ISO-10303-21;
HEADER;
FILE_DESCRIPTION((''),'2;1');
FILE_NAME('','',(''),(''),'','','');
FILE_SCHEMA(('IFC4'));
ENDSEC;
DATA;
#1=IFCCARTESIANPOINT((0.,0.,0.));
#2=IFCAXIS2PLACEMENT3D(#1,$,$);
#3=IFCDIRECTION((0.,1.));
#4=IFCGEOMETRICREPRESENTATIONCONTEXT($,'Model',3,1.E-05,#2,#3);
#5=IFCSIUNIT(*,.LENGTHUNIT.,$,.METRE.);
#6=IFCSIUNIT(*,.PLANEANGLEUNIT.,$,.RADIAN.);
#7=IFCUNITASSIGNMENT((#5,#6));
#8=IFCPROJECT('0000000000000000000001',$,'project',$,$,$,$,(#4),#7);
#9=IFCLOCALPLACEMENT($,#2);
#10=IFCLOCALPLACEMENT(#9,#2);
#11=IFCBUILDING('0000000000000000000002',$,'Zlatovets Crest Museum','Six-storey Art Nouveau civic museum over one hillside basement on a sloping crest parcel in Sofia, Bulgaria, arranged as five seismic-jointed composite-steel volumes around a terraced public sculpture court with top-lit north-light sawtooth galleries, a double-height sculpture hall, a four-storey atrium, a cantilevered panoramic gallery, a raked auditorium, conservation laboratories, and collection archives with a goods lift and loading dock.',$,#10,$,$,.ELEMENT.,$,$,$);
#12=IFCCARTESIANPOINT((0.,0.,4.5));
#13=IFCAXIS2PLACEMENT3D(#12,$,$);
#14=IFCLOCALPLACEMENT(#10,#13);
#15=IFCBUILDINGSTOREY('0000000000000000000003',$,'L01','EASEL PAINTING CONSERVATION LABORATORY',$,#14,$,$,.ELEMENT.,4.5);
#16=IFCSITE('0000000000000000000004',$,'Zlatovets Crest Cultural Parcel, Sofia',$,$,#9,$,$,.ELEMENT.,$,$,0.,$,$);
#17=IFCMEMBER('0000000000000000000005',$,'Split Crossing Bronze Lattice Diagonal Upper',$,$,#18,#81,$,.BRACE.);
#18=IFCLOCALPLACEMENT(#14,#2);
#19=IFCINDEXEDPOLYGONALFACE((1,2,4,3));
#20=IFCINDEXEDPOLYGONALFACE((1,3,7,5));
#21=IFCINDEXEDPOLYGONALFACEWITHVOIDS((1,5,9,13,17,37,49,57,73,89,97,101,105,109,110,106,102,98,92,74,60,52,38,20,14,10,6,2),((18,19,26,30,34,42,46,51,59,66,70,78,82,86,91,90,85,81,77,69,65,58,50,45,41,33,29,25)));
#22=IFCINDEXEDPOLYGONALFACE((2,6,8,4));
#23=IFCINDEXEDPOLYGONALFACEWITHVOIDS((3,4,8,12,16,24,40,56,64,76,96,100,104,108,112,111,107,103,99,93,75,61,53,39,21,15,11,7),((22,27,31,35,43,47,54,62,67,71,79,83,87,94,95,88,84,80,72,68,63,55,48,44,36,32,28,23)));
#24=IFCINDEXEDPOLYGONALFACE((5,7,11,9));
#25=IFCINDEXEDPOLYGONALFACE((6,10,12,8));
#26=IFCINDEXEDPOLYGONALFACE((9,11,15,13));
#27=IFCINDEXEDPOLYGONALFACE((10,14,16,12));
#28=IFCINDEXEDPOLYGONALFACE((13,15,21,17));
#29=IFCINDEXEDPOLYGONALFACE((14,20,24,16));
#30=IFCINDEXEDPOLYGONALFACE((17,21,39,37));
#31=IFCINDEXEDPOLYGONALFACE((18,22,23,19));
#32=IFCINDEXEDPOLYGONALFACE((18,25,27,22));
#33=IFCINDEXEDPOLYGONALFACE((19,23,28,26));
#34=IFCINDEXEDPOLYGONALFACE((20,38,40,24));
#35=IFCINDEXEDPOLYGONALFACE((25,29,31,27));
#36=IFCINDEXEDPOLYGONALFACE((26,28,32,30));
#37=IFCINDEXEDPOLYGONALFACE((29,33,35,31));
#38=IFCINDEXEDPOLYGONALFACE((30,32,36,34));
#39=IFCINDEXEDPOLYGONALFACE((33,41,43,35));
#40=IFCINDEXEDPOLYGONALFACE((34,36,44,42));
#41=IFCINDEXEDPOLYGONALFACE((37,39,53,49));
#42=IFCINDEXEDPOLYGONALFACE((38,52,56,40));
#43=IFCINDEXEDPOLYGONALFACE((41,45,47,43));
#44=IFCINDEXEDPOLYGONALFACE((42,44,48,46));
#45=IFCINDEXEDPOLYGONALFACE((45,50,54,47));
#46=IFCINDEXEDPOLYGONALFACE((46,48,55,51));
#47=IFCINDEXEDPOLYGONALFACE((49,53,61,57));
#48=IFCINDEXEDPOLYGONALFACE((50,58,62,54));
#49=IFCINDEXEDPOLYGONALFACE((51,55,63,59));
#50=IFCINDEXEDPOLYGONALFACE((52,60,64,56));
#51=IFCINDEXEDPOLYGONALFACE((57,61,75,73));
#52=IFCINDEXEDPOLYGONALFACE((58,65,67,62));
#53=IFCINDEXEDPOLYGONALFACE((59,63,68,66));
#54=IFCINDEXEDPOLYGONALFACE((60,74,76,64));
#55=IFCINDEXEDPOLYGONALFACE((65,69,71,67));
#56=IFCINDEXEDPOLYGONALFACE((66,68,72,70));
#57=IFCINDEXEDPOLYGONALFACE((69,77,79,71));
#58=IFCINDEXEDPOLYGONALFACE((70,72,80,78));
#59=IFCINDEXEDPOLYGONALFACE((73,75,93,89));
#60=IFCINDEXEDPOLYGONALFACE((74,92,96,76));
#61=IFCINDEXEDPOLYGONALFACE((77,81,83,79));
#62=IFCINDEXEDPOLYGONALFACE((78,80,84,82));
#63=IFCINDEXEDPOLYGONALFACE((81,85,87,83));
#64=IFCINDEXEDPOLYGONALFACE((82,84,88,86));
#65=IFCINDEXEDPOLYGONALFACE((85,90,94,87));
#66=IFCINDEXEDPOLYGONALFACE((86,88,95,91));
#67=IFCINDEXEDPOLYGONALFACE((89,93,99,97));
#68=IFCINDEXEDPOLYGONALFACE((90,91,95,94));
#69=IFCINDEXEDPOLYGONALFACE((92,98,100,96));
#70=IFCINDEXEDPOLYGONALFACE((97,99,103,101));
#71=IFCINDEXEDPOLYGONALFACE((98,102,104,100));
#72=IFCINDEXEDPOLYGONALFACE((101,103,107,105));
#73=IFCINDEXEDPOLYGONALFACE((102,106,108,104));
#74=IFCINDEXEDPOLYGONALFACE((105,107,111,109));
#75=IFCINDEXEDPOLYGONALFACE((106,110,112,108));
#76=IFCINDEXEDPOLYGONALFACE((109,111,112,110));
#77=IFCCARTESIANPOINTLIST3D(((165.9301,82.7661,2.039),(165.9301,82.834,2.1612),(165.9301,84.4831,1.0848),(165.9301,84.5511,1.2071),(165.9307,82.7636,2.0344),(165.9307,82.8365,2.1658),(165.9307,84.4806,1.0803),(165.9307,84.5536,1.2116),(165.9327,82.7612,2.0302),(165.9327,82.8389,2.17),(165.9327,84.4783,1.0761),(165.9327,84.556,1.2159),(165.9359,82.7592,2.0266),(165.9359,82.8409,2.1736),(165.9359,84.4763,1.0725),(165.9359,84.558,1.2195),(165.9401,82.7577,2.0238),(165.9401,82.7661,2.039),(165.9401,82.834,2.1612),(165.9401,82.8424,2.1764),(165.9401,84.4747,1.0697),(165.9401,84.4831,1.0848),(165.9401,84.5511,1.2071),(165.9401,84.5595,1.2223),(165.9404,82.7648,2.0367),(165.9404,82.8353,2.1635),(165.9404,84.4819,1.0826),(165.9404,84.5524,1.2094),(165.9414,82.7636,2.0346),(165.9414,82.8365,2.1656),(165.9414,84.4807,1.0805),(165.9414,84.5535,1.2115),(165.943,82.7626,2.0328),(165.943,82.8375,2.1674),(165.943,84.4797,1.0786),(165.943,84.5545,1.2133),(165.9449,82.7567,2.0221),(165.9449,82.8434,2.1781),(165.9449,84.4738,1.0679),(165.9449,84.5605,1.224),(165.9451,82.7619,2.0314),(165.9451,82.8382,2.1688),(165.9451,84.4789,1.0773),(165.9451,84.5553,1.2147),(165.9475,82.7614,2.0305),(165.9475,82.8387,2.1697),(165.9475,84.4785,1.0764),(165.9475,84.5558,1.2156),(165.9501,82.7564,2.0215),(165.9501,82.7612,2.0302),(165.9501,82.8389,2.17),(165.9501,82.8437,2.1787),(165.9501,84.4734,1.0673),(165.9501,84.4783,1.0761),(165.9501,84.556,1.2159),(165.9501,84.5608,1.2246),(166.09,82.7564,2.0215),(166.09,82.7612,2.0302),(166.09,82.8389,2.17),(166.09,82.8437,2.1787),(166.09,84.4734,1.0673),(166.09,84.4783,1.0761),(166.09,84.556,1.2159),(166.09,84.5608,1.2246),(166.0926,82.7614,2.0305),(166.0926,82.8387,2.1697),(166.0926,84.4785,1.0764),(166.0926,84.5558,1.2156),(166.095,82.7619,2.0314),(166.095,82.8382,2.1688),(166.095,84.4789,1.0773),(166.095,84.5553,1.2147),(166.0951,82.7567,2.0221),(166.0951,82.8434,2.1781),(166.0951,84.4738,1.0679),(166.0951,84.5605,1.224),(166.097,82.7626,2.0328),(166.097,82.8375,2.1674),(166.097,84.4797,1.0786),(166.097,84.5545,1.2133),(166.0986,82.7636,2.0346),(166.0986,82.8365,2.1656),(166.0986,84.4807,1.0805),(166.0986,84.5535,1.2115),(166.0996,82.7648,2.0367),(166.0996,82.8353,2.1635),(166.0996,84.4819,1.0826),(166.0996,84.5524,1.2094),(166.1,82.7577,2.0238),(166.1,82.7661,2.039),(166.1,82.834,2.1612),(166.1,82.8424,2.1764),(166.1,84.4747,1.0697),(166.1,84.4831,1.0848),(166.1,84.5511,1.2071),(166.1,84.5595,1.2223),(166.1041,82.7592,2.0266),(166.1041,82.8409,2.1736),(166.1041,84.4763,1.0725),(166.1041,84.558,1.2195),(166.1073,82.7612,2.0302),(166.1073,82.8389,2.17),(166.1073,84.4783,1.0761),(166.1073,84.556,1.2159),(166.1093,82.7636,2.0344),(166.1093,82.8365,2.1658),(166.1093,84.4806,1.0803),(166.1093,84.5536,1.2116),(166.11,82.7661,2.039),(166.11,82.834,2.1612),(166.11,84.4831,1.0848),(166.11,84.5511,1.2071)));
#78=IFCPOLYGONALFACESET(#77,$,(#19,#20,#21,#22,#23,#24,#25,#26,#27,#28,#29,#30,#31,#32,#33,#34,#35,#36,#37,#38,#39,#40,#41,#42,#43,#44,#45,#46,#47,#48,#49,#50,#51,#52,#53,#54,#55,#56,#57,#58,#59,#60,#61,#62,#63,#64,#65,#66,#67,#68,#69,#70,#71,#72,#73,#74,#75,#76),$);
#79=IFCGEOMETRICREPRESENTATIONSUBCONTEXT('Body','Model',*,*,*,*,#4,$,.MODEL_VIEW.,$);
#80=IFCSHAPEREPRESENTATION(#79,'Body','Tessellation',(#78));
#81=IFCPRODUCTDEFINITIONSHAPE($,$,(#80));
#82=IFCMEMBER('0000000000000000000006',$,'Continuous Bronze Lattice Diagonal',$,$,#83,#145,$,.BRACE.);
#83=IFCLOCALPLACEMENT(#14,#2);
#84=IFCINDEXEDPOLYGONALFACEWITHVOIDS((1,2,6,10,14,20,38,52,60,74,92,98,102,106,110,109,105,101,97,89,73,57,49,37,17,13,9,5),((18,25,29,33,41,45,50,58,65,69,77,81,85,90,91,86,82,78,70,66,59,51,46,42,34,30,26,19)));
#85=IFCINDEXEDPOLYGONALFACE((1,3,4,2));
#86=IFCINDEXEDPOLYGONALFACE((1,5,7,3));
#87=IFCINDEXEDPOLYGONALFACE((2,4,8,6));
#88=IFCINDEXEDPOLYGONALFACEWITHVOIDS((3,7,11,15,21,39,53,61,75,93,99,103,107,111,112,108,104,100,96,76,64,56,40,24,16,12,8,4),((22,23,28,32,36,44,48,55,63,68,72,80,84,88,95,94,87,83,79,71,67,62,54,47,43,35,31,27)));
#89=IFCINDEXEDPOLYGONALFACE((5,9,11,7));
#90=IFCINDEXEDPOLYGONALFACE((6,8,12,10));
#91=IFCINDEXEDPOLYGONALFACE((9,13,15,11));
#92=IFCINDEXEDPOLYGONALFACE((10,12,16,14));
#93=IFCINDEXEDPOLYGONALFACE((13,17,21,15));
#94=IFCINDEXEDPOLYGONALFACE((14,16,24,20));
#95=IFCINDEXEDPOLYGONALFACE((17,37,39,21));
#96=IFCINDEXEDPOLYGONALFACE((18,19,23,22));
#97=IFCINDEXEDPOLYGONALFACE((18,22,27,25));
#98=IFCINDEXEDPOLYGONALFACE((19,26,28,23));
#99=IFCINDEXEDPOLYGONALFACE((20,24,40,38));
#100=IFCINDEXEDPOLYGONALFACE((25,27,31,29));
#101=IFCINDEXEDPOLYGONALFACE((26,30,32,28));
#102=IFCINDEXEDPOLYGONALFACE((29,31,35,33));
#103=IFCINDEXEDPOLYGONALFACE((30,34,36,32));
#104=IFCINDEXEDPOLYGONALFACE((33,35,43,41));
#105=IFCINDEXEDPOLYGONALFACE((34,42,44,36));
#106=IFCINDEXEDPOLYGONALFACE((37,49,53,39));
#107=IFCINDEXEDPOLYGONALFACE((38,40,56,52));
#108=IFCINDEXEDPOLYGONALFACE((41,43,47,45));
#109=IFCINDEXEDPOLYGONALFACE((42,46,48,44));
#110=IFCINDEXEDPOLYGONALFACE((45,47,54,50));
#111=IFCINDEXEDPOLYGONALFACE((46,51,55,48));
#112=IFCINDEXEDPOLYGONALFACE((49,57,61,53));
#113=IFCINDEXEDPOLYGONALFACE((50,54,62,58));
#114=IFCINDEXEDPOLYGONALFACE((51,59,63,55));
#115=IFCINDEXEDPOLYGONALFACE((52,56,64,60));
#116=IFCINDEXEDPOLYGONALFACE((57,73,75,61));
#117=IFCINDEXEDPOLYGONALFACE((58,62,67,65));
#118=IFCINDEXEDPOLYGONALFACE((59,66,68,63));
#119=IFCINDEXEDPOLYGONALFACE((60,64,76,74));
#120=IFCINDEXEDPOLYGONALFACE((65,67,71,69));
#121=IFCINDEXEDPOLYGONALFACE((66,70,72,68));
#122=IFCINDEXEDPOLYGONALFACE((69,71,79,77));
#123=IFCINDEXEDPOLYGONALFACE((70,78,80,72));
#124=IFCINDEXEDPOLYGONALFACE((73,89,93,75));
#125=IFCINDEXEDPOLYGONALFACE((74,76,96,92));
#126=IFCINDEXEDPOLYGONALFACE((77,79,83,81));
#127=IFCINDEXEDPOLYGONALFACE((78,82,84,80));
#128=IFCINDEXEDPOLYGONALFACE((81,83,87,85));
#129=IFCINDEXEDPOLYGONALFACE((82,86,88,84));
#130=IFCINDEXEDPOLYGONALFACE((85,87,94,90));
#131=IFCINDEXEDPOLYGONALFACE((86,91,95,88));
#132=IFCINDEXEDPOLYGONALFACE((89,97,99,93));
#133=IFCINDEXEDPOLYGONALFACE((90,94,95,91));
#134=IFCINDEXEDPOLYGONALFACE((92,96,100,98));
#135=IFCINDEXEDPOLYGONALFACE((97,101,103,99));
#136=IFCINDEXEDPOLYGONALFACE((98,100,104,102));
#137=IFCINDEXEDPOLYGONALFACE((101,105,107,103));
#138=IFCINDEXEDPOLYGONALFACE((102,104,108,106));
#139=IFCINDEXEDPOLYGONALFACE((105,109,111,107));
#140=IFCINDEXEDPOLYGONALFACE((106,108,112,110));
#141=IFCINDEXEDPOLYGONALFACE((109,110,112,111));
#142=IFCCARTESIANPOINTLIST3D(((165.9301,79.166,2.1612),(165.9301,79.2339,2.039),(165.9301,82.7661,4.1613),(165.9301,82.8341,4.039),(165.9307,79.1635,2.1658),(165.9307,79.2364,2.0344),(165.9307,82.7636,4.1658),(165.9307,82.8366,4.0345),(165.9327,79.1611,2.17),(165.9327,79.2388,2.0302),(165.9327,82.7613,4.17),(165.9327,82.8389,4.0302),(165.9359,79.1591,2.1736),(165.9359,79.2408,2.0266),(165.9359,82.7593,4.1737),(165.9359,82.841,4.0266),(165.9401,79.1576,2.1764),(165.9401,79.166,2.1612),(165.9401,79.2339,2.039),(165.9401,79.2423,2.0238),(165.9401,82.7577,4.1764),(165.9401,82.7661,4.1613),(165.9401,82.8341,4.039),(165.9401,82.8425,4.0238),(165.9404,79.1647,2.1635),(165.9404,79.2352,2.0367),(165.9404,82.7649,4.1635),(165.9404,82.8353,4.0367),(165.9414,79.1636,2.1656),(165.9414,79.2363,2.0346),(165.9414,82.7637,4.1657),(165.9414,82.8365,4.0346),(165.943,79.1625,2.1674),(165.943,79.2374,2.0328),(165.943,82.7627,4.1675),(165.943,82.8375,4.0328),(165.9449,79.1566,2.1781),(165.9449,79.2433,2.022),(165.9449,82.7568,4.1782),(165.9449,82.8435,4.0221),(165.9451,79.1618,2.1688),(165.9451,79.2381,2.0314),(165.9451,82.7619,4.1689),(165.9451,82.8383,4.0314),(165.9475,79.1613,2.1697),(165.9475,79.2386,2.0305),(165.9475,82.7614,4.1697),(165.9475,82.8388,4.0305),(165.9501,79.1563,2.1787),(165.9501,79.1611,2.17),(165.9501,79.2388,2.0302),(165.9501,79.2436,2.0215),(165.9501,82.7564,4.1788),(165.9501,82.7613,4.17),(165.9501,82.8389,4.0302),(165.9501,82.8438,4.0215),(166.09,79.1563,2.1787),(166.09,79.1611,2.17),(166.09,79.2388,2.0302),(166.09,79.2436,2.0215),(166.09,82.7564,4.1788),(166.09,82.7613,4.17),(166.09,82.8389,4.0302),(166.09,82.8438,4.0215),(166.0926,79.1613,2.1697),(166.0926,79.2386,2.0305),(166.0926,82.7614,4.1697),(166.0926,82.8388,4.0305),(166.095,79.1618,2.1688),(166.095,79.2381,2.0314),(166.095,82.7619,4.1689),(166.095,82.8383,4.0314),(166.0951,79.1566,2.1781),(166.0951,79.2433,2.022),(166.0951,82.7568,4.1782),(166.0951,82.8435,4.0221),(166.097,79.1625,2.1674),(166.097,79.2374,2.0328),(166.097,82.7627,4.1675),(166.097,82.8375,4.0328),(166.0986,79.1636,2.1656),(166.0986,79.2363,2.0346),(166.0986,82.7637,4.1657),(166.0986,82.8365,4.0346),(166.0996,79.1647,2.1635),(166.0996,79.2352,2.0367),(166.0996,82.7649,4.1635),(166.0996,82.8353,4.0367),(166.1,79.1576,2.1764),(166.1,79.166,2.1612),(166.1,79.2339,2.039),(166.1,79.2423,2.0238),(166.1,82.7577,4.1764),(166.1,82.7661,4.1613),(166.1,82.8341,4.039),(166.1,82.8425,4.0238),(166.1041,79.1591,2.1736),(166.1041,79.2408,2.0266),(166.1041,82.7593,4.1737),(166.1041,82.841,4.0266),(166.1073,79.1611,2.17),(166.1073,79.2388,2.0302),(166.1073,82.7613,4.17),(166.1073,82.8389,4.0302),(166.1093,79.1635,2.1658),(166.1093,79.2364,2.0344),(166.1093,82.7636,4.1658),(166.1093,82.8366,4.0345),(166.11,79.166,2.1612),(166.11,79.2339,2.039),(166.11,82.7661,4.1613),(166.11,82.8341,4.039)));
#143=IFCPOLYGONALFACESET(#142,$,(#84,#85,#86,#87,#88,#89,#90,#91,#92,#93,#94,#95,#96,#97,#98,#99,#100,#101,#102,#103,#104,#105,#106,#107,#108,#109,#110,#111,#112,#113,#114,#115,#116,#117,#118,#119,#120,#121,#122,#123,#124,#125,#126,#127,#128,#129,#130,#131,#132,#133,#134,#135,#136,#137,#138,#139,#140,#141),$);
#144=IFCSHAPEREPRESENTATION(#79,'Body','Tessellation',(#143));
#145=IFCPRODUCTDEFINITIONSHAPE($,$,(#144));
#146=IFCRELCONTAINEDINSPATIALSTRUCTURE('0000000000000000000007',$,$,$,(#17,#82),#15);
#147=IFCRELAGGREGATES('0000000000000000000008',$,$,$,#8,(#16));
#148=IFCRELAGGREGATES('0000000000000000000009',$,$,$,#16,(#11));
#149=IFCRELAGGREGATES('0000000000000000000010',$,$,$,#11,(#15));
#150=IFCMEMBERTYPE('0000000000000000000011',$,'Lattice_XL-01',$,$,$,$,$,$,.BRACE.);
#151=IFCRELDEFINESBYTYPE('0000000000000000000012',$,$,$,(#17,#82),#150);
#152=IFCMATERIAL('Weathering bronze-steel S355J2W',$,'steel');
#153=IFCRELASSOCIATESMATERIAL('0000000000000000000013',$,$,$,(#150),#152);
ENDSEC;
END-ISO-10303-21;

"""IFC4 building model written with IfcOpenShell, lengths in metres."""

from ifc_helpers import new_model, si_unit, direction, frame, origin, origin_2d, place, context, subcontext, project, spatial, hollow_rectangle, extrude, material, material_profile, profile_set, type_object, element, save


model = new_model("IFC4")

# Units and contexts
model_context = context("Model", 3, precision=1e-05, world=origin(), true_north=direction((0.0, 1.0)))
body_context = subcontext(model_context, "Body", "Model", "MODEL_VIEW")
ifc_project = project(units=[si_unit("LENGTHUNIT", "METRE"), si_unit("PLANEANGLEUNIT", "RADIAN")], contexts=[model_context])

# Site, building, storey
site_placement = place(None, origin())
site = spatial("IfcSite", under=ifc_project, at=site_placement, Name="Zlatovets Crest Cultural Parcel, Sofia", CompositionType="ELEMENT", RefElevation=0.0)
building_placement = place(site_placement, origin())
building = spatial("IfcBuilding", under=site, at=building_placement, Name="Zlatovets Crest Museum", Description="Six-storey Art Nouveau civic museum over one hillside basement on a sloping crest parcel in Sofia, Bulgaria, arranged as five seismic-jointed composite-steel volumes around a terraced public sculpture court with top-lit north-light sawtooth galleries, a double-height sculpture hall, a four-storey atrium, a cantilevered panoramic gallery, a raked auditorium, conservation laboratories, and collection archives with a goods lift and loading dock.", CompositionType="ELEMENT")
storey_placement = place(building_placement, frame((0.0, 0.0, 4.5)))
storey = spatial("IfcBuildingStorey", under=building, at=storey_placement, Name="L01", Description="EASEL PAINTING CONSERVATION LABORATORY", CompositionType="ELEMENT", Elevation=4.5)

# Members
ifc_material_1 = material(Name="Weathering bronze-steel S355J2W", Category="steel")
ifc_material_profile_1 = material_profile(ifc_material_1, hollow_rectangle(XDim=0.1799, YDim=0.1799, WallThickness=0.01, InnerFilletRadius=0.01, OuterFilletRadius=0.02, at=origin_2d()), Name="SHS 180x180x10.0")
ifc_profile_set_1 = profile_set([ifc_material_profile_1], Name="Weathering bronze-steel S355J2W")
member_type_1 = type_object("IfcMemberType", Name="Lattice_XL-01", PredefinedType="BRACE", material=ifc_profile_set_1)
member_1_placement = place(storey_placement, frame((166.02, 82.8, 2.1001), z_axis=(0.0, 0.874116, -0.485717), x_axis=(-1.0, 0.0, 0.0)))
element("IfcMember", 1, at=member_1_placement, inside=storey, type_object=member_type_1, Name="Split Crossing Bronze Lattice Diagonal Upper", PredefinedType="BRACE", context=body_context, shape_type="SweptSolid", body=[
    extrude(hollow_rectangle(XDim=0.1799, YDim=0.1799, WallThickness=0.01, InnerFilletRadius=0.01, OuterFilletRadius=0.02, at=origin_2d()), origin(), (0.0, 0.0, 1.0), 1.9644),
])
member_2_placement = place(storey_placement, frame((166.02, 79.2, 2.1001), z_axis=(0.0, 0.874163, 0.485633), x_axis=(-1.0, 0.0, 0.0)))
element("IfcMember", 2, at=member_2_placement, inside=storey, type_object=member_type_1, Name="Continuous Bronze Lattice Diagonal", PredefinedType="BRACE", context=body_context, shape_type="SweptSolid", body=[
    extrude(hollow_rectangle(XDim=0.1799, YDim=0.1799, WallThickness=0.01, InnerFilletRadius=0.01, OuterFilletRadius=0.02, at=origin_2d()), origin(), (0.0, 0.0, 1.0), 4.1184),
])

save(model, "model.ifc")
